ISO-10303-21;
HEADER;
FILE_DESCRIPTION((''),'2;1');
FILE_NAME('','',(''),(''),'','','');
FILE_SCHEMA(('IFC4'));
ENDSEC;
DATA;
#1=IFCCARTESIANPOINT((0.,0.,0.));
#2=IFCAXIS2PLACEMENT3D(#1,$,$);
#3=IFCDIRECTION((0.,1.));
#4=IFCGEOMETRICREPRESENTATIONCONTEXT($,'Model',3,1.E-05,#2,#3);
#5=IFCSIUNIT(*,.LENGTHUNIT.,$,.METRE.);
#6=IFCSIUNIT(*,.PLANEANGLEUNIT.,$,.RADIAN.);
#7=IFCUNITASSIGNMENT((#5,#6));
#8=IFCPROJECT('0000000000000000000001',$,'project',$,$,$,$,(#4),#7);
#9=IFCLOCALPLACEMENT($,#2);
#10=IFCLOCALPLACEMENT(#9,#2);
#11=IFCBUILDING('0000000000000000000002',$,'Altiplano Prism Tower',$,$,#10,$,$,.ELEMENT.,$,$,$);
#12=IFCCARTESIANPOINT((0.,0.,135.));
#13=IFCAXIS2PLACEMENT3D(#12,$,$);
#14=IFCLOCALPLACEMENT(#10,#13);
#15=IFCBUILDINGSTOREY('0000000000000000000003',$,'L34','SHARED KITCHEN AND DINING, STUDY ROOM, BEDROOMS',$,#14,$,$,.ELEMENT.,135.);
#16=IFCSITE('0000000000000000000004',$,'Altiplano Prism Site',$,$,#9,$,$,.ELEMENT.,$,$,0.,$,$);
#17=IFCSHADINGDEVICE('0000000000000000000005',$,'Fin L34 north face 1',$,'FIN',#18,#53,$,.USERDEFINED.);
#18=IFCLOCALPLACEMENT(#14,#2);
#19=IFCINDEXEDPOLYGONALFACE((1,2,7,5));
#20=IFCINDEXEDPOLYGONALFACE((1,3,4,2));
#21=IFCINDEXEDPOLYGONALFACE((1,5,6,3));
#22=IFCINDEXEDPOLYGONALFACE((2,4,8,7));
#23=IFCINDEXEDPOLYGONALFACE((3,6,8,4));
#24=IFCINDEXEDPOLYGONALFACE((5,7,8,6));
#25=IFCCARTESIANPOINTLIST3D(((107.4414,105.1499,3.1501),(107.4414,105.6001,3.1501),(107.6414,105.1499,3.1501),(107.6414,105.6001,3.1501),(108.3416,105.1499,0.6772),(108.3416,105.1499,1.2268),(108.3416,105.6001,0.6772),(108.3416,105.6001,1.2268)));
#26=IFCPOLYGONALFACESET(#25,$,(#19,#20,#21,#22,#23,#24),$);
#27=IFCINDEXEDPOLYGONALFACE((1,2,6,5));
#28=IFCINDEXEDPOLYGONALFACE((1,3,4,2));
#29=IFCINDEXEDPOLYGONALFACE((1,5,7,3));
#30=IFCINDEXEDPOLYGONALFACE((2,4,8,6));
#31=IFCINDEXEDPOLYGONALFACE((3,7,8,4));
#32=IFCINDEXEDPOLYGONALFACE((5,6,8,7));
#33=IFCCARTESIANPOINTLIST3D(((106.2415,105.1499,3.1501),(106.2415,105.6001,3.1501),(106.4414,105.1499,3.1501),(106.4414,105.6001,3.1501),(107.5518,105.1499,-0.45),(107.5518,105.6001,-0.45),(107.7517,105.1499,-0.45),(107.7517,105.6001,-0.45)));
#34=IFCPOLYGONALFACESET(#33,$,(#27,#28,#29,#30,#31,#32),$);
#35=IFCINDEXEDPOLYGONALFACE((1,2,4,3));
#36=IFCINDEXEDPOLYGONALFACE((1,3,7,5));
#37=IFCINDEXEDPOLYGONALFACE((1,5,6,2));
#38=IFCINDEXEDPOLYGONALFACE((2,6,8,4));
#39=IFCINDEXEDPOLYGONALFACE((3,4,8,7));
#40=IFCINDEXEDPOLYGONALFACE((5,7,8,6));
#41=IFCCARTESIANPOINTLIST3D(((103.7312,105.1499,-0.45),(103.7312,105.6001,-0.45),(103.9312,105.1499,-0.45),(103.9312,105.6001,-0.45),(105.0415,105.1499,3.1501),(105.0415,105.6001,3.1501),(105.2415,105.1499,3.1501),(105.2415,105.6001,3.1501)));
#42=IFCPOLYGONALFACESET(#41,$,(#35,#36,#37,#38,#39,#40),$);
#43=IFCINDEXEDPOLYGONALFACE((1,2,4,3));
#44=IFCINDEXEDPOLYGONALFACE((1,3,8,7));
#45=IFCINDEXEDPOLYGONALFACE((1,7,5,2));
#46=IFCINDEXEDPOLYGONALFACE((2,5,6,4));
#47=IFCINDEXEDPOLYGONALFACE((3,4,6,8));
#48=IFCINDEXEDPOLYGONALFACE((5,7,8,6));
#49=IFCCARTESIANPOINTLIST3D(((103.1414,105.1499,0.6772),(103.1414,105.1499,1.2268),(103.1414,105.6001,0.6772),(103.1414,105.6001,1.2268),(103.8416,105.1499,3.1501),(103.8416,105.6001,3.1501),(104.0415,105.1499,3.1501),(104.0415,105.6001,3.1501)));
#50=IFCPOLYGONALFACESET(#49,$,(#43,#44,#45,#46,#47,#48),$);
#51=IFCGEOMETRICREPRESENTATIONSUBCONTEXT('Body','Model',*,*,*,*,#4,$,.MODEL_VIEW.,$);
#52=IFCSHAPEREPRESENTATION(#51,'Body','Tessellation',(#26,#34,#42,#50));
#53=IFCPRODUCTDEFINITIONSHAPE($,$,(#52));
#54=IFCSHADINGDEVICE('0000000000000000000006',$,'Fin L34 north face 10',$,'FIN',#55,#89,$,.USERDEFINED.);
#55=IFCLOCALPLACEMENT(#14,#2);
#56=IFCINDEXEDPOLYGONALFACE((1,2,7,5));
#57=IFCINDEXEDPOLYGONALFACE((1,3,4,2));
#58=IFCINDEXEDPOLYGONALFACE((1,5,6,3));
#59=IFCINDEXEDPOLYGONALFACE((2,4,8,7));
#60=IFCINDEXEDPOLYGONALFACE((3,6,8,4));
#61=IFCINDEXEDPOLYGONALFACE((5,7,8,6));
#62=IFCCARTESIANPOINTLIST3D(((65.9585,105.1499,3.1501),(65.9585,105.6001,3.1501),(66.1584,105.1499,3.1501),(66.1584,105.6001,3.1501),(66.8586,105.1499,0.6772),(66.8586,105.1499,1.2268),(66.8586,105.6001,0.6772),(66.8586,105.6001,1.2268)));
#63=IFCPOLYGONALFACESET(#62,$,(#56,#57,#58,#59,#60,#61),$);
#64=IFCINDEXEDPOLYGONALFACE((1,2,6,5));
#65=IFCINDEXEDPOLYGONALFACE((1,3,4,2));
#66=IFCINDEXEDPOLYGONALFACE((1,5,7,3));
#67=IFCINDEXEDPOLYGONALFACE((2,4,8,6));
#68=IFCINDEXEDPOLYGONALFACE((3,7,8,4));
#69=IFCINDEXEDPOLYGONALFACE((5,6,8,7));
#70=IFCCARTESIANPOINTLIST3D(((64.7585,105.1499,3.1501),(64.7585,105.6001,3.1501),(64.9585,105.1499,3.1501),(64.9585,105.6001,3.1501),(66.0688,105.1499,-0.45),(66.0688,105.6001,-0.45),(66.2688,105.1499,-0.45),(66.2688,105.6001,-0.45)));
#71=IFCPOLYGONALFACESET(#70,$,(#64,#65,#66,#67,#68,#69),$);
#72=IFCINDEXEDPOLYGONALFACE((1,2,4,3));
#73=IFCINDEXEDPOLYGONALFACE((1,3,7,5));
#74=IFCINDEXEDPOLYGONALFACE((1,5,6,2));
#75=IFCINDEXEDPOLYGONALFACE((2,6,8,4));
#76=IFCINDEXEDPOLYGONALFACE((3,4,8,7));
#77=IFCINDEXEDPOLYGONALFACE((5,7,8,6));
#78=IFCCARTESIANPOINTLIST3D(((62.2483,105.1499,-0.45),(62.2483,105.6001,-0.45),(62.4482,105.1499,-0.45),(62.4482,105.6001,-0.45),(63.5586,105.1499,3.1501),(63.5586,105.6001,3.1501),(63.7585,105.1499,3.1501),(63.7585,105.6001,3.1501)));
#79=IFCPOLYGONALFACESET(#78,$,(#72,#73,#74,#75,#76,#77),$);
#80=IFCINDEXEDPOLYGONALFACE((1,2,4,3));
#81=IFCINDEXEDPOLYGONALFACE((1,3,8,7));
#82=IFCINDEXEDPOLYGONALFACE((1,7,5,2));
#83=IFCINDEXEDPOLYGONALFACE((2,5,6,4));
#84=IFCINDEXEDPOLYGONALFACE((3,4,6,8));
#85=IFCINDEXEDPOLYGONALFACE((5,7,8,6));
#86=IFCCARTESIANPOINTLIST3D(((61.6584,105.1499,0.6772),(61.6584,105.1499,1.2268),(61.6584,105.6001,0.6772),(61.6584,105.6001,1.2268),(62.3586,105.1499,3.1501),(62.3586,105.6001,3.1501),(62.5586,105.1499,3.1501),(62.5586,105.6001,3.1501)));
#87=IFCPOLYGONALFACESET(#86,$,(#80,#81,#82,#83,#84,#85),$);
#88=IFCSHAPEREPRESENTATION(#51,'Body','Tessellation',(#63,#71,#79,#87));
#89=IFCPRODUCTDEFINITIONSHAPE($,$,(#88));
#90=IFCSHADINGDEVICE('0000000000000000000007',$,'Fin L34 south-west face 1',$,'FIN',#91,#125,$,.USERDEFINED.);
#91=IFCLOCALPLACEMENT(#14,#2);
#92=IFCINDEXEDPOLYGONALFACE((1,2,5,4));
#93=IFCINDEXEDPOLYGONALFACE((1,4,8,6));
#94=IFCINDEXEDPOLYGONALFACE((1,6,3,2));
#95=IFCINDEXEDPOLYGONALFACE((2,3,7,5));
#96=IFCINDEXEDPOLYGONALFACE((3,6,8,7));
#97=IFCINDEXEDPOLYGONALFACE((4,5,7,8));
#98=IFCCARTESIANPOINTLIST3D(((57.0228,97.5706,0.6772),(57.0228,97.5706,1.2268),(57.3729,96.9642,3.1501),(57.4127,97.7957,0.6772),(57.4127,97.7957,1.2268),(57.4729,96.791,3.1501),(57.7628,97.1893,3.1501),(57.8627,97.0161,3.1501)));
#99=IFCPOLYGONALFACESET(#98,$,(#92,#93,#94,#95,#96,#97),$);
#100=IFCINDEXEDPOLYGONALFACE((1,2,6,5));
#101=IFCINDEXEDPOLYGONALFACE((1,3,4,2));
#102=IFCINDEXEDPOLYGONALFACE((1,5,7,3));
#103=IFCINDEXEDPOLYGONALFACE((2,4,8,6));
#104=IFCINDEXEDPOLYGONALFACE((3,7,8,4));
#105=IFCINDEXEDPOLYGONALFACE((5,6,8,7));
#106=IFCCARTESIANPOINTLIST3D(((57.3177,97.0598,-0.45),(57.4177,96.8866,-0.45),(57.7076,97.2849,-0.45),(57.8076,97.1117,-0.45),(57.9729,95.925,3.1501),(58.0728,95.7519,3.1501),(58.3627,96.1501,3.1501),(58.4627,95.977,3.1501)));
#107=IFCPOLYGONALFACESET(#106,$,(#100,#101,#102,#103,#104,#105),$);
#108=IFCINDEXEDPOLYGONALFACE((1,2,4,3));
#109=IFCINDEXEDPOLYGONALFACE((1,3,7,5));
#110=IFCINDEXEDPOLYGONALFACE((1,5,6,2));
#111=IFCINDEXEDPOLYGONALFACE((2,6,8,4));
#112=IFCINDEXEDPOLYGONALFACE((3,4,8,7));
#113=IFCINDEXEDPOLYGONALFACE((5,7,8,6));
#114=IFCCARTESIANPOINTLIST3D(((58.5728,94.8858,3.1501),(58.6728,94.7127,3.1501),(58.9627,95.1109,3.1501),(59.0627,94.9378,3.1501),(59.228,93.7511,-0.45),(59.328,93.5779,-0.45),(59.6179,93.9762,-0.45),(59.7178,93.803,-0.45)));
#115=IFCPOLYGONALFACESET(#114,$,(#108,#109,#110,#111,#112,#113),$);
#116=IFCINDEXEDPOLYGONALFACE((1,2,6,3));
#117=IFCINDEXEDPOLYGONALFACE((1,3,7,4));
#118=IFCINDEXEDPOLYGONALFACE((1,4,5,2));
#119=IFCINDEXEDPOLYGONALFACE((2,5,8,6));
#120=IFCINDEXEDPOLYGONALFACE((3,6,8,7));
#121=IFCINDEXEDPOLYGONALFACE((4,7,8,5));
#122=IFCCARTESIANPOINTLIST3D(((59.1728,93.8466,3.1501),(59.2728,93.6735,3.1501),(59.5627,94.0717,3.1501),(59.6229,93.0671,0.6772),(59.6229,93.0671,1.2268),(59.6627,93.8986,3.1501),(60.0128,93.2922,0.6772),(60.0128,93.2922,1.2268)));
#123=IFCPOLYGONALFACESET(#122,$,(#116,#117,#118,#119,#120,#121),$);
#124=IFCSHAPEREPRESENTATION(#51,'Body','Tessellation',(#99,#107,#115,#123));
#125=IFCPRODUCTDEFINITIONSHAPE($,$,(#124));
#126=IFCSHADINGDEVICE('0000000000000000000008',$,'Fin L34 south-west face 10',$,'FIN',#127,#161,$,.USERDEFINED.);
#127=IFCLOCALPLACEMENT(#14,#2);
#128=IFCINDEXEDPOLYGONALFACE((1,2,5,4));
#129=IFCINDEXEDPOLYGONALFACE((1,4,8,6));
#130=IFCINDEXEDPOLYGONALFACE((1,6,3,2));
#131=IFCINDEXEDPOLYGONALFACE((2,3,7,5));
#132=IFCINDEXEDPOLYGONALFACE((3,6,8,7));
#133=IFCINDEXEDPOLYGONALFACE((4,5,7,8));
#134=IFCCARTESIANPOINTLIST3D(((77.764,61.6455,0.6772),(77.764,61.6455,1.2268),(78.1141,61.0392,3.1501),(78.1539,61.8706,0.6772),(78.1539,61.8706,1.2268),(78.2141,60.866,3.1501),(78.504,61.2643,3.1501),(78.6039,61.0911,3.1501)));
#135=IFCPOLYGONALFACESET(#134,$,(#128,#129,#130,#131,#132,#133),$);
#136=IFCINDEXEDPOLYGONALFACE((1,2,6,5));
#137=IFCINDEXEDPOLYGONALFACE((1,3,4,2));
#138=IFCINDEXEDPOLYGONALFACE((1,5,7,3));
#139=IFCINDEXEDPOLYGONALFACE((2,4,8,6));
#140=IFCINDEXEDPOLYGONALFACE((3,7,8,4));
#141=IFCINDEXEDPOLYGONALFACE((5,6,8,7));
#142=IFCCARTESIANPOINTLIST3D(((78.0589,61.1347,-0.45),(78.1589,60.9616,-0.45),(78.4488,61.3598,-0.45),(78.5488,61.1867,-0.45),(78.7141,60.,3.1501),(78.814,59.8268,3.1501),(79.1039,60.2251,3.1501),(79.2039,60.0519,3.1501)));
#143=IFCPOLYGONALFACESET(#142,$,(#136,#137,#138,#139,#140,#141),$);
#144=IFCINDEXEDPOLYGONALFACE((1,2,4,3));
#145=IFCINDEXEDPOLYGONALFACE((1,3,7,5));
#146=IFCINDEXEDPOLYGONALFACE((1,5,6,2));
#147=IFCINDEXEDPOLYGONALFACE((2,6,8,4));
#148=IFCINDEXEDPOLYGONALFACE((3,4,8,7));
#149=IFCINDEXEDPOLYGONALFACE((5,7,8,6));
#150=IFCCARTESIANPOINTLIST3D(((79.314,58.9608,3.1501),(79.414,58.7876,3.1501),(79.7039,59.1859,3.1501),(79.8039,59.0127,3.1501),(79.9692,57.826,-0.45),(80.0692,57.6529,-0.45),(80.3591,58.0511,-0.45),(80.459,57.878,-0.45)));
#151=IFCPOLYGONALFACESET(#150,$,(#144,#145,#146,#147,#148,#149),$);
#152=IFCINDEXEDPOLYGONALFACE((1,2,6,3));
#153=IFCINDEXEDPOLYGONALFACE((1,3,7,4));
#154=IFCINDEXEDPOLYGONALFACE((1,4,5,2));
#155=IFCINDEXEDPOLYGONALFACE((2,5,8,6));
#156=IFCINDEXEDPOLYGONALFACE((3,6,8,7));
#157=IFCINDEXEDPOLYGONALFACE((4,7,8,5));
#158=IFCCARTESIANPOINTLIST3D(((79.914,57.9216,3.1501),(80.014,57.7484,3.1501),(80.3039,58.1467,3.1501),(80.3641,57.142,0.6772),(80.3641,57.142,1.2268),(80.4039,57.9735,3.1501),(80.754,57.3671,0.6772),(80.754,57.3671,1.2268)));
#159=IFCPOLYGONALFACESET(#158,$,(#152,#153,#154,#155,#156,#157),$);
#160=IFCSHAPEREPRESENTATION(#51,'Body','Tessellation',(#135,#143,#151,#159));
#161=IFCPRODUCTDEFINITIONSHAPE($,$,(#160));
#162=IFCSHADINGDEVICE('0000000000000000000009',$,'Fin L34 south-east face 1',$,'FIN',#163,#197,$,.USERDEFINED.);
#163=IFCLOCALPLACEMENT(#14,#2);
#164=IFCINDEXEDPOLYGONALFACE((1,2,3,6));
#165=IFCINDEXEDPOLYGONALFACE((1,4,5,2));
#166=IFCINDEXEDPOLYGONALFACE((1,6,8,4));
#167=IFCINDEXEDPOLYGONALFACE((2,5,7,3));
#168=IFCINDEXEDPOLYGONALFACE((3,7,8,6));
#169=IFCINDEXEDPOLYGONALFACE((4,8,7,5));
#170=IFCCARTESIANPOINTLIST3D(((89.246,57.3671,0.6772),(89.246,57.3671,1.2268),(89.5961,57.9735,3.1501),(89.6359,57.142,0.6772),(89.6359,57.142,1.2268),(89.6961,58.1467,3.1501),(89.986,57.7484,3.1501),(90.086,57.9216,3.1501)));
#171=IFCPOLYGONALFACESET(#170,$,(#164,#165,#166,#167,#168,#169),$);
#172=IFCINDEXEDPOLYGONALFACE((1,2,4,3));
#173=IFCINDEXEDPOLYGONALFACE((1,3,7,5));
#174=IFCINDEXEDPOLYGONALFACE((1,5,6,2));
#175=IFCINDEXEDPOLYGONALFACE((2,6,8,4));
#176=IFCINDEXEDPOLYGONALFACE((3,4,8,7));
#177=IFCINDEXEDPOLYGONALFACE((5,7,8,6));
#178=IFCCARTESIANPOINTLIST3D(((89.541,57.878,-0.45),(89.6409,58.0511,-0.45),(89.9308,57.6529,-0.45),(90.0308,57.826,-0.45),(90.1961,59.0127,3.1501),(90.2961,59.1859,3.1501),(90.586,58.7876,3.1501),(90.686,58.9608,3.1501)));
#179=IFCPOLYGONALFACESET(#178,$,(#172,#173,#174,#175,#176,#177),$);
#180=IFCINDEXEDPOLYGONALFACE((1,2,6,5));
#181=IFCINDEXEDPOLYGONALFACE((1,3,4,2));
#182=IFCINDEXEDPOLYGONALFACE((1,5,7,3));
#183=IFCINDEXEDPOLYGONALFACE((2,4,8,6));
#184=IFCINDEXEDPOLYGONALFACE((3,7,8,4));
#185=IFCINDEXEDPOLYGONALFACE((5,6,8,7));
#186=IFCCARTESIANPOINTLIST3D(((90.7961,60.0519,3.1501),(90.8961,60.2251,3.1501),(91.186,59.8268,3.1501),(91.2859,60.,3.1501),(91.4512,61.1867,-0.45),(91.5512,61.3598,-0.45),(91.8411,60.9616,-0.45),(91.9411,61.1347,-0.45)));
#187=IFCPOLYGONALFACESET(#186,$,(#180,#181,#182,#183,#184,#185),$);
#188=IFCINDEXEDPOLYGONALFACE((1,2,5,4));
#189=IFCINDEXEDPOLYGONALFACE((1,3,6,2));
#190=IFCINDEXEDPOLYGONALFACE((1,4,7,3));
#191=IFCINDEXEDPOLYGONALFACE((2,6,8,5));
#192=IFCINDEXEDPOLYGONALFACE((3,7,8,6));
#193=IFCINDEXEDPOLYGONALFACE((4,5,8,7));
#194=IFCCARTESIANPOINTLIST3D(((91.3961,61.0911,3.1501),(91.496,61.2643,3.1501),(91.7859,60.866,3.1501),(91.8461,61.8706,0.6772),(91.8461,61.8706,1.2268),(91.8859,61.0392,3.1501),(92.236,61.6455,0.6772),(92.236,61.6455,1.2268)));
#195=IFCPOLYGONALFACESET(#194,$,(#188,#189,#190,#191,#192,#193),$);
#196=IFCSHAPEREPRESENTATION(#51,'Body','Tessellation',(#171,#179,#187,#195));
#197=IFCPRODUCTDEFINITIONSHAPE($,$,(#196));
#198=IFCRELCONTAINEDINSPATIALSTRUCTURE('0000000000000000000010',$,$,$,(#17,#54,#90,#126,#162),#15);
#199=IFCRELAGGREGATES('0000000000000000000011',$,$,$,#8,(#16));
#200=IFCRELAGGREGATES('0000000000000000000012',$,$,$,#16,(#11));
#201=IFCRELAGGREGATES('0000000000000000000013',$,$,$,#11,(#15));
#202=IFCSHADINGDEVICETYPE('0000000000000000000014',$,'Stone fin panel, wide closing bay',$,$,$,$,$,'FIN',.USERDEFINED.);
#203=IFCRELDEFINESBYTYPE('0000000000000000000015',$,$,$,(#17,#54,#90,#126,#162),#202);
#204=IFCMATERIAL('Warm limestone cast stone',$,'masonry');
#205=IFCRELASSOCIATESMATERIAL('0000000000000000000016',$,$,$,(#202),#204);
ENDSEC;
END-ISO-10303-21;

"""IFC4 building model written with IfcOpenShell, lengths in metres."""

from ifc_helpers import new_model, si_unit, direction, frame, origin, place, context, subcontext, project, spatial, polyline, outline, extrude, source, transform, mapped, material, type_object, element, save


model = new_model("IFC4")

# Units and contexts
model_context = context("Model", 3, precision=1e-05, world=origin(), true_north=direction((0.0, 1.0)))
body_context = subcontext(model_context, "Body", "Model", "MODEL_VIEW")
ifc_project = project(units=[si_unit("LENGTHUNIT", "METRE"), si_unit("PLANEANGLEUNIT", "RADIAN")], contexts=[model_context])

# Site, building, storey
site_placement = place(None, origin())
site = spatial("IfcSite", under=ifc_project, at=site_placement, Name="Altiplano Prism Site", CompositionType="ELEMENT", RefElevation=0.0)
building_placement = place(site_placement, origin())
building = spatial("IfcBuilding", under=site, at=building_placement, Name="Altiplano Prism Tower", CompositionType="ELEMENT")
storey_placement = place(building_placement, frame((0.0, 0.0, 135.0)))
storey = spatial("IfcBuildingStorey", under=building, at=storey_placement, Name="L34", Description="SHARED KITCHEN AND DINING, STUDY ROOM, BEDROOMS", CompositionType="ELEMENT", Elevation=135.0)

# Shading devices
ifc_material_1 = material(Name="Warm limestone cast stone", Category="masonry")
shading_device_type_1 = type_object("IfcShadingDeviceType", Name="Stone fin panel, wide closing bay", ElementType="FIN", PredefinedType="USERDEFINED", material=ifc_material_1)
shared_shape_1 = source(origin(), body_context, "Body", "SweptSolid", [
    extrude(outline(polyline([(-2.6001, 1.1272), (-1.7, 3.6001), (-1.8999, 3.6001), (-2.6001, 1.6768), (-2.6001, 1.1272)])), frame((0.0, -0.1499, 0.0), z_axis=(0.0, -1.0, 0.0), x_axis=(1.0, 0.0, 0.0)), (0.0, 0.0, 1.0), 0.4502),
    extrude(outline(polyline([(-2.0103, 0.0), (-1.8103, 0.0), (-0.5, 3.6001), (-0.7, 3.6001), (-2.0103, 0.0)])), frame((0.0, -0.1499, 0.0), z_axis=(0.0, -1.0, 0.0), x_axis=(1.0, 0.0, 0.0)), (0.0, 0.0, 1.0), 0.4502),
    extrude(outline(polyline([(1.8103, 0.0), (2.0103, 0.0), (0.7, 3.6001), (0.5, 3.6001), (1.8103, 0.0)])), frame((0.0, -0.1499, 0.0), z_axis=(0.0, -1.0, 0.0), x_axis=(1.0, 0.0, 0.0)), (0.0, 0.0, 1.0), 0.4502),
    extrude(outline(polyline([(2.6001, 1.6768), (1.8999, 3.6001), (1.7, 3.6001), (2.6001, 1.1272), (2.6001, 1.6768)])), frame((0.0, -0.1499, 0.0), z_axis=(0.0, -1.0, 0.0), x_axis=(1.0, 0.0, 0.0)), (0.0, 0.0, 1.0), 0.4502),
])
shading_device_1_placement = place(storey_placement, origin())
element("IfcShadingDevice", 1, at=shading_device_1_placement, inside=storey, type_object=shading_device_type_1, Name="Fin L34 north face 1", ObjectType="FIN", PredefinedType="USERDEFINED", context=body_context, shape_type="MappedRepresentation", body=[
    mapped(shared_shape_1, transform((105.7415, 105.0, -0.45), x_axis=(-1.0, 0.0, 0.0), y_axis=(0.0, -1.0, 0.0), z_axis=(0.0, 0.0, 1.0))),
])
shading_device_2_placement = place(storey_placement, origin())
element("IfcShadingDevice", 2, at=shading_device_2_placement, inside=storey, type_object=shading_device_type_1, Name="Fin L34 north face 10", ObjectType="FIN", PredefinedType="USERDEFINED", context=body_context, shape_type="MappedRepresentation", body=[
    mapped(shared_shape_1, transform((64.2585, 105.0, -0.45), x_axis=(-1.0, 0.0, 0.0), y_axis=(0.0, -1.0, 0.0), z_axis=(0.0, 0.0, 1.0))),
])
shading_device_3_placement = place(storey_placement, origin())
element("IfcShadingDevice", 3, at=shading_device_3_placement, inside=storey, type_object=shading_device_type_1, Name="Fin L34 south-west face 1", ObjectType="FIN", PredefinedType="USERDEFINED", context=body_context, shape_type="MappedRepresentation", body=[
    mapped(shared_shape_1, transform((58.8425, 95.6189, -0.45), x_axis=(0.5, -0.866025, 0.0), y_axis=(0.866025, 0.5, 0.0), z_axis=(0.0, 0.0, 1.0))),
])
shading_device_4_placement = place(storey_placement, origin())
element("IfcShadingDevice", 4, at=shading_device_4_placement, inside=storey, type_object=shading_device_type_1, Name="Fin L34 south-west face 10", ObjectType="FIN", PredefinedType="USERDEFINED", context=body_context, shape_type="MappedRepresentation", body=[
    mapped(shared_shape_1, transform((79.5837, 59.6938, -0.45), x_axis=(0.5, -0.866025, 0.0), y_axis=(0.866025, 0.5, 0.0), z_axis=(0.0, 0.0, 1.0))),
])
shading_device_5_placement = place(storey_placement, origin())
element("IfcShadingDevice", 5, at=shading_device_5_placement, inside=storey, type_object=shading_device_type_1, Name="Fin L34 south-east face 1", ObjectType="FIN", PredefinedType="USERDEFINED", context=body_context, shape_type="MappedRepresentation", body=[
    mapped(shared_shape_1, transform((90.4163, 59.6938, -0.45), x_axis=(0.5, 0.866025, 0.0), y_axis=(-0.866025, 0.5, 0.0), z_axis=(0.0, 0.0, 1.0))),
])

save(model, "model.ifc")
